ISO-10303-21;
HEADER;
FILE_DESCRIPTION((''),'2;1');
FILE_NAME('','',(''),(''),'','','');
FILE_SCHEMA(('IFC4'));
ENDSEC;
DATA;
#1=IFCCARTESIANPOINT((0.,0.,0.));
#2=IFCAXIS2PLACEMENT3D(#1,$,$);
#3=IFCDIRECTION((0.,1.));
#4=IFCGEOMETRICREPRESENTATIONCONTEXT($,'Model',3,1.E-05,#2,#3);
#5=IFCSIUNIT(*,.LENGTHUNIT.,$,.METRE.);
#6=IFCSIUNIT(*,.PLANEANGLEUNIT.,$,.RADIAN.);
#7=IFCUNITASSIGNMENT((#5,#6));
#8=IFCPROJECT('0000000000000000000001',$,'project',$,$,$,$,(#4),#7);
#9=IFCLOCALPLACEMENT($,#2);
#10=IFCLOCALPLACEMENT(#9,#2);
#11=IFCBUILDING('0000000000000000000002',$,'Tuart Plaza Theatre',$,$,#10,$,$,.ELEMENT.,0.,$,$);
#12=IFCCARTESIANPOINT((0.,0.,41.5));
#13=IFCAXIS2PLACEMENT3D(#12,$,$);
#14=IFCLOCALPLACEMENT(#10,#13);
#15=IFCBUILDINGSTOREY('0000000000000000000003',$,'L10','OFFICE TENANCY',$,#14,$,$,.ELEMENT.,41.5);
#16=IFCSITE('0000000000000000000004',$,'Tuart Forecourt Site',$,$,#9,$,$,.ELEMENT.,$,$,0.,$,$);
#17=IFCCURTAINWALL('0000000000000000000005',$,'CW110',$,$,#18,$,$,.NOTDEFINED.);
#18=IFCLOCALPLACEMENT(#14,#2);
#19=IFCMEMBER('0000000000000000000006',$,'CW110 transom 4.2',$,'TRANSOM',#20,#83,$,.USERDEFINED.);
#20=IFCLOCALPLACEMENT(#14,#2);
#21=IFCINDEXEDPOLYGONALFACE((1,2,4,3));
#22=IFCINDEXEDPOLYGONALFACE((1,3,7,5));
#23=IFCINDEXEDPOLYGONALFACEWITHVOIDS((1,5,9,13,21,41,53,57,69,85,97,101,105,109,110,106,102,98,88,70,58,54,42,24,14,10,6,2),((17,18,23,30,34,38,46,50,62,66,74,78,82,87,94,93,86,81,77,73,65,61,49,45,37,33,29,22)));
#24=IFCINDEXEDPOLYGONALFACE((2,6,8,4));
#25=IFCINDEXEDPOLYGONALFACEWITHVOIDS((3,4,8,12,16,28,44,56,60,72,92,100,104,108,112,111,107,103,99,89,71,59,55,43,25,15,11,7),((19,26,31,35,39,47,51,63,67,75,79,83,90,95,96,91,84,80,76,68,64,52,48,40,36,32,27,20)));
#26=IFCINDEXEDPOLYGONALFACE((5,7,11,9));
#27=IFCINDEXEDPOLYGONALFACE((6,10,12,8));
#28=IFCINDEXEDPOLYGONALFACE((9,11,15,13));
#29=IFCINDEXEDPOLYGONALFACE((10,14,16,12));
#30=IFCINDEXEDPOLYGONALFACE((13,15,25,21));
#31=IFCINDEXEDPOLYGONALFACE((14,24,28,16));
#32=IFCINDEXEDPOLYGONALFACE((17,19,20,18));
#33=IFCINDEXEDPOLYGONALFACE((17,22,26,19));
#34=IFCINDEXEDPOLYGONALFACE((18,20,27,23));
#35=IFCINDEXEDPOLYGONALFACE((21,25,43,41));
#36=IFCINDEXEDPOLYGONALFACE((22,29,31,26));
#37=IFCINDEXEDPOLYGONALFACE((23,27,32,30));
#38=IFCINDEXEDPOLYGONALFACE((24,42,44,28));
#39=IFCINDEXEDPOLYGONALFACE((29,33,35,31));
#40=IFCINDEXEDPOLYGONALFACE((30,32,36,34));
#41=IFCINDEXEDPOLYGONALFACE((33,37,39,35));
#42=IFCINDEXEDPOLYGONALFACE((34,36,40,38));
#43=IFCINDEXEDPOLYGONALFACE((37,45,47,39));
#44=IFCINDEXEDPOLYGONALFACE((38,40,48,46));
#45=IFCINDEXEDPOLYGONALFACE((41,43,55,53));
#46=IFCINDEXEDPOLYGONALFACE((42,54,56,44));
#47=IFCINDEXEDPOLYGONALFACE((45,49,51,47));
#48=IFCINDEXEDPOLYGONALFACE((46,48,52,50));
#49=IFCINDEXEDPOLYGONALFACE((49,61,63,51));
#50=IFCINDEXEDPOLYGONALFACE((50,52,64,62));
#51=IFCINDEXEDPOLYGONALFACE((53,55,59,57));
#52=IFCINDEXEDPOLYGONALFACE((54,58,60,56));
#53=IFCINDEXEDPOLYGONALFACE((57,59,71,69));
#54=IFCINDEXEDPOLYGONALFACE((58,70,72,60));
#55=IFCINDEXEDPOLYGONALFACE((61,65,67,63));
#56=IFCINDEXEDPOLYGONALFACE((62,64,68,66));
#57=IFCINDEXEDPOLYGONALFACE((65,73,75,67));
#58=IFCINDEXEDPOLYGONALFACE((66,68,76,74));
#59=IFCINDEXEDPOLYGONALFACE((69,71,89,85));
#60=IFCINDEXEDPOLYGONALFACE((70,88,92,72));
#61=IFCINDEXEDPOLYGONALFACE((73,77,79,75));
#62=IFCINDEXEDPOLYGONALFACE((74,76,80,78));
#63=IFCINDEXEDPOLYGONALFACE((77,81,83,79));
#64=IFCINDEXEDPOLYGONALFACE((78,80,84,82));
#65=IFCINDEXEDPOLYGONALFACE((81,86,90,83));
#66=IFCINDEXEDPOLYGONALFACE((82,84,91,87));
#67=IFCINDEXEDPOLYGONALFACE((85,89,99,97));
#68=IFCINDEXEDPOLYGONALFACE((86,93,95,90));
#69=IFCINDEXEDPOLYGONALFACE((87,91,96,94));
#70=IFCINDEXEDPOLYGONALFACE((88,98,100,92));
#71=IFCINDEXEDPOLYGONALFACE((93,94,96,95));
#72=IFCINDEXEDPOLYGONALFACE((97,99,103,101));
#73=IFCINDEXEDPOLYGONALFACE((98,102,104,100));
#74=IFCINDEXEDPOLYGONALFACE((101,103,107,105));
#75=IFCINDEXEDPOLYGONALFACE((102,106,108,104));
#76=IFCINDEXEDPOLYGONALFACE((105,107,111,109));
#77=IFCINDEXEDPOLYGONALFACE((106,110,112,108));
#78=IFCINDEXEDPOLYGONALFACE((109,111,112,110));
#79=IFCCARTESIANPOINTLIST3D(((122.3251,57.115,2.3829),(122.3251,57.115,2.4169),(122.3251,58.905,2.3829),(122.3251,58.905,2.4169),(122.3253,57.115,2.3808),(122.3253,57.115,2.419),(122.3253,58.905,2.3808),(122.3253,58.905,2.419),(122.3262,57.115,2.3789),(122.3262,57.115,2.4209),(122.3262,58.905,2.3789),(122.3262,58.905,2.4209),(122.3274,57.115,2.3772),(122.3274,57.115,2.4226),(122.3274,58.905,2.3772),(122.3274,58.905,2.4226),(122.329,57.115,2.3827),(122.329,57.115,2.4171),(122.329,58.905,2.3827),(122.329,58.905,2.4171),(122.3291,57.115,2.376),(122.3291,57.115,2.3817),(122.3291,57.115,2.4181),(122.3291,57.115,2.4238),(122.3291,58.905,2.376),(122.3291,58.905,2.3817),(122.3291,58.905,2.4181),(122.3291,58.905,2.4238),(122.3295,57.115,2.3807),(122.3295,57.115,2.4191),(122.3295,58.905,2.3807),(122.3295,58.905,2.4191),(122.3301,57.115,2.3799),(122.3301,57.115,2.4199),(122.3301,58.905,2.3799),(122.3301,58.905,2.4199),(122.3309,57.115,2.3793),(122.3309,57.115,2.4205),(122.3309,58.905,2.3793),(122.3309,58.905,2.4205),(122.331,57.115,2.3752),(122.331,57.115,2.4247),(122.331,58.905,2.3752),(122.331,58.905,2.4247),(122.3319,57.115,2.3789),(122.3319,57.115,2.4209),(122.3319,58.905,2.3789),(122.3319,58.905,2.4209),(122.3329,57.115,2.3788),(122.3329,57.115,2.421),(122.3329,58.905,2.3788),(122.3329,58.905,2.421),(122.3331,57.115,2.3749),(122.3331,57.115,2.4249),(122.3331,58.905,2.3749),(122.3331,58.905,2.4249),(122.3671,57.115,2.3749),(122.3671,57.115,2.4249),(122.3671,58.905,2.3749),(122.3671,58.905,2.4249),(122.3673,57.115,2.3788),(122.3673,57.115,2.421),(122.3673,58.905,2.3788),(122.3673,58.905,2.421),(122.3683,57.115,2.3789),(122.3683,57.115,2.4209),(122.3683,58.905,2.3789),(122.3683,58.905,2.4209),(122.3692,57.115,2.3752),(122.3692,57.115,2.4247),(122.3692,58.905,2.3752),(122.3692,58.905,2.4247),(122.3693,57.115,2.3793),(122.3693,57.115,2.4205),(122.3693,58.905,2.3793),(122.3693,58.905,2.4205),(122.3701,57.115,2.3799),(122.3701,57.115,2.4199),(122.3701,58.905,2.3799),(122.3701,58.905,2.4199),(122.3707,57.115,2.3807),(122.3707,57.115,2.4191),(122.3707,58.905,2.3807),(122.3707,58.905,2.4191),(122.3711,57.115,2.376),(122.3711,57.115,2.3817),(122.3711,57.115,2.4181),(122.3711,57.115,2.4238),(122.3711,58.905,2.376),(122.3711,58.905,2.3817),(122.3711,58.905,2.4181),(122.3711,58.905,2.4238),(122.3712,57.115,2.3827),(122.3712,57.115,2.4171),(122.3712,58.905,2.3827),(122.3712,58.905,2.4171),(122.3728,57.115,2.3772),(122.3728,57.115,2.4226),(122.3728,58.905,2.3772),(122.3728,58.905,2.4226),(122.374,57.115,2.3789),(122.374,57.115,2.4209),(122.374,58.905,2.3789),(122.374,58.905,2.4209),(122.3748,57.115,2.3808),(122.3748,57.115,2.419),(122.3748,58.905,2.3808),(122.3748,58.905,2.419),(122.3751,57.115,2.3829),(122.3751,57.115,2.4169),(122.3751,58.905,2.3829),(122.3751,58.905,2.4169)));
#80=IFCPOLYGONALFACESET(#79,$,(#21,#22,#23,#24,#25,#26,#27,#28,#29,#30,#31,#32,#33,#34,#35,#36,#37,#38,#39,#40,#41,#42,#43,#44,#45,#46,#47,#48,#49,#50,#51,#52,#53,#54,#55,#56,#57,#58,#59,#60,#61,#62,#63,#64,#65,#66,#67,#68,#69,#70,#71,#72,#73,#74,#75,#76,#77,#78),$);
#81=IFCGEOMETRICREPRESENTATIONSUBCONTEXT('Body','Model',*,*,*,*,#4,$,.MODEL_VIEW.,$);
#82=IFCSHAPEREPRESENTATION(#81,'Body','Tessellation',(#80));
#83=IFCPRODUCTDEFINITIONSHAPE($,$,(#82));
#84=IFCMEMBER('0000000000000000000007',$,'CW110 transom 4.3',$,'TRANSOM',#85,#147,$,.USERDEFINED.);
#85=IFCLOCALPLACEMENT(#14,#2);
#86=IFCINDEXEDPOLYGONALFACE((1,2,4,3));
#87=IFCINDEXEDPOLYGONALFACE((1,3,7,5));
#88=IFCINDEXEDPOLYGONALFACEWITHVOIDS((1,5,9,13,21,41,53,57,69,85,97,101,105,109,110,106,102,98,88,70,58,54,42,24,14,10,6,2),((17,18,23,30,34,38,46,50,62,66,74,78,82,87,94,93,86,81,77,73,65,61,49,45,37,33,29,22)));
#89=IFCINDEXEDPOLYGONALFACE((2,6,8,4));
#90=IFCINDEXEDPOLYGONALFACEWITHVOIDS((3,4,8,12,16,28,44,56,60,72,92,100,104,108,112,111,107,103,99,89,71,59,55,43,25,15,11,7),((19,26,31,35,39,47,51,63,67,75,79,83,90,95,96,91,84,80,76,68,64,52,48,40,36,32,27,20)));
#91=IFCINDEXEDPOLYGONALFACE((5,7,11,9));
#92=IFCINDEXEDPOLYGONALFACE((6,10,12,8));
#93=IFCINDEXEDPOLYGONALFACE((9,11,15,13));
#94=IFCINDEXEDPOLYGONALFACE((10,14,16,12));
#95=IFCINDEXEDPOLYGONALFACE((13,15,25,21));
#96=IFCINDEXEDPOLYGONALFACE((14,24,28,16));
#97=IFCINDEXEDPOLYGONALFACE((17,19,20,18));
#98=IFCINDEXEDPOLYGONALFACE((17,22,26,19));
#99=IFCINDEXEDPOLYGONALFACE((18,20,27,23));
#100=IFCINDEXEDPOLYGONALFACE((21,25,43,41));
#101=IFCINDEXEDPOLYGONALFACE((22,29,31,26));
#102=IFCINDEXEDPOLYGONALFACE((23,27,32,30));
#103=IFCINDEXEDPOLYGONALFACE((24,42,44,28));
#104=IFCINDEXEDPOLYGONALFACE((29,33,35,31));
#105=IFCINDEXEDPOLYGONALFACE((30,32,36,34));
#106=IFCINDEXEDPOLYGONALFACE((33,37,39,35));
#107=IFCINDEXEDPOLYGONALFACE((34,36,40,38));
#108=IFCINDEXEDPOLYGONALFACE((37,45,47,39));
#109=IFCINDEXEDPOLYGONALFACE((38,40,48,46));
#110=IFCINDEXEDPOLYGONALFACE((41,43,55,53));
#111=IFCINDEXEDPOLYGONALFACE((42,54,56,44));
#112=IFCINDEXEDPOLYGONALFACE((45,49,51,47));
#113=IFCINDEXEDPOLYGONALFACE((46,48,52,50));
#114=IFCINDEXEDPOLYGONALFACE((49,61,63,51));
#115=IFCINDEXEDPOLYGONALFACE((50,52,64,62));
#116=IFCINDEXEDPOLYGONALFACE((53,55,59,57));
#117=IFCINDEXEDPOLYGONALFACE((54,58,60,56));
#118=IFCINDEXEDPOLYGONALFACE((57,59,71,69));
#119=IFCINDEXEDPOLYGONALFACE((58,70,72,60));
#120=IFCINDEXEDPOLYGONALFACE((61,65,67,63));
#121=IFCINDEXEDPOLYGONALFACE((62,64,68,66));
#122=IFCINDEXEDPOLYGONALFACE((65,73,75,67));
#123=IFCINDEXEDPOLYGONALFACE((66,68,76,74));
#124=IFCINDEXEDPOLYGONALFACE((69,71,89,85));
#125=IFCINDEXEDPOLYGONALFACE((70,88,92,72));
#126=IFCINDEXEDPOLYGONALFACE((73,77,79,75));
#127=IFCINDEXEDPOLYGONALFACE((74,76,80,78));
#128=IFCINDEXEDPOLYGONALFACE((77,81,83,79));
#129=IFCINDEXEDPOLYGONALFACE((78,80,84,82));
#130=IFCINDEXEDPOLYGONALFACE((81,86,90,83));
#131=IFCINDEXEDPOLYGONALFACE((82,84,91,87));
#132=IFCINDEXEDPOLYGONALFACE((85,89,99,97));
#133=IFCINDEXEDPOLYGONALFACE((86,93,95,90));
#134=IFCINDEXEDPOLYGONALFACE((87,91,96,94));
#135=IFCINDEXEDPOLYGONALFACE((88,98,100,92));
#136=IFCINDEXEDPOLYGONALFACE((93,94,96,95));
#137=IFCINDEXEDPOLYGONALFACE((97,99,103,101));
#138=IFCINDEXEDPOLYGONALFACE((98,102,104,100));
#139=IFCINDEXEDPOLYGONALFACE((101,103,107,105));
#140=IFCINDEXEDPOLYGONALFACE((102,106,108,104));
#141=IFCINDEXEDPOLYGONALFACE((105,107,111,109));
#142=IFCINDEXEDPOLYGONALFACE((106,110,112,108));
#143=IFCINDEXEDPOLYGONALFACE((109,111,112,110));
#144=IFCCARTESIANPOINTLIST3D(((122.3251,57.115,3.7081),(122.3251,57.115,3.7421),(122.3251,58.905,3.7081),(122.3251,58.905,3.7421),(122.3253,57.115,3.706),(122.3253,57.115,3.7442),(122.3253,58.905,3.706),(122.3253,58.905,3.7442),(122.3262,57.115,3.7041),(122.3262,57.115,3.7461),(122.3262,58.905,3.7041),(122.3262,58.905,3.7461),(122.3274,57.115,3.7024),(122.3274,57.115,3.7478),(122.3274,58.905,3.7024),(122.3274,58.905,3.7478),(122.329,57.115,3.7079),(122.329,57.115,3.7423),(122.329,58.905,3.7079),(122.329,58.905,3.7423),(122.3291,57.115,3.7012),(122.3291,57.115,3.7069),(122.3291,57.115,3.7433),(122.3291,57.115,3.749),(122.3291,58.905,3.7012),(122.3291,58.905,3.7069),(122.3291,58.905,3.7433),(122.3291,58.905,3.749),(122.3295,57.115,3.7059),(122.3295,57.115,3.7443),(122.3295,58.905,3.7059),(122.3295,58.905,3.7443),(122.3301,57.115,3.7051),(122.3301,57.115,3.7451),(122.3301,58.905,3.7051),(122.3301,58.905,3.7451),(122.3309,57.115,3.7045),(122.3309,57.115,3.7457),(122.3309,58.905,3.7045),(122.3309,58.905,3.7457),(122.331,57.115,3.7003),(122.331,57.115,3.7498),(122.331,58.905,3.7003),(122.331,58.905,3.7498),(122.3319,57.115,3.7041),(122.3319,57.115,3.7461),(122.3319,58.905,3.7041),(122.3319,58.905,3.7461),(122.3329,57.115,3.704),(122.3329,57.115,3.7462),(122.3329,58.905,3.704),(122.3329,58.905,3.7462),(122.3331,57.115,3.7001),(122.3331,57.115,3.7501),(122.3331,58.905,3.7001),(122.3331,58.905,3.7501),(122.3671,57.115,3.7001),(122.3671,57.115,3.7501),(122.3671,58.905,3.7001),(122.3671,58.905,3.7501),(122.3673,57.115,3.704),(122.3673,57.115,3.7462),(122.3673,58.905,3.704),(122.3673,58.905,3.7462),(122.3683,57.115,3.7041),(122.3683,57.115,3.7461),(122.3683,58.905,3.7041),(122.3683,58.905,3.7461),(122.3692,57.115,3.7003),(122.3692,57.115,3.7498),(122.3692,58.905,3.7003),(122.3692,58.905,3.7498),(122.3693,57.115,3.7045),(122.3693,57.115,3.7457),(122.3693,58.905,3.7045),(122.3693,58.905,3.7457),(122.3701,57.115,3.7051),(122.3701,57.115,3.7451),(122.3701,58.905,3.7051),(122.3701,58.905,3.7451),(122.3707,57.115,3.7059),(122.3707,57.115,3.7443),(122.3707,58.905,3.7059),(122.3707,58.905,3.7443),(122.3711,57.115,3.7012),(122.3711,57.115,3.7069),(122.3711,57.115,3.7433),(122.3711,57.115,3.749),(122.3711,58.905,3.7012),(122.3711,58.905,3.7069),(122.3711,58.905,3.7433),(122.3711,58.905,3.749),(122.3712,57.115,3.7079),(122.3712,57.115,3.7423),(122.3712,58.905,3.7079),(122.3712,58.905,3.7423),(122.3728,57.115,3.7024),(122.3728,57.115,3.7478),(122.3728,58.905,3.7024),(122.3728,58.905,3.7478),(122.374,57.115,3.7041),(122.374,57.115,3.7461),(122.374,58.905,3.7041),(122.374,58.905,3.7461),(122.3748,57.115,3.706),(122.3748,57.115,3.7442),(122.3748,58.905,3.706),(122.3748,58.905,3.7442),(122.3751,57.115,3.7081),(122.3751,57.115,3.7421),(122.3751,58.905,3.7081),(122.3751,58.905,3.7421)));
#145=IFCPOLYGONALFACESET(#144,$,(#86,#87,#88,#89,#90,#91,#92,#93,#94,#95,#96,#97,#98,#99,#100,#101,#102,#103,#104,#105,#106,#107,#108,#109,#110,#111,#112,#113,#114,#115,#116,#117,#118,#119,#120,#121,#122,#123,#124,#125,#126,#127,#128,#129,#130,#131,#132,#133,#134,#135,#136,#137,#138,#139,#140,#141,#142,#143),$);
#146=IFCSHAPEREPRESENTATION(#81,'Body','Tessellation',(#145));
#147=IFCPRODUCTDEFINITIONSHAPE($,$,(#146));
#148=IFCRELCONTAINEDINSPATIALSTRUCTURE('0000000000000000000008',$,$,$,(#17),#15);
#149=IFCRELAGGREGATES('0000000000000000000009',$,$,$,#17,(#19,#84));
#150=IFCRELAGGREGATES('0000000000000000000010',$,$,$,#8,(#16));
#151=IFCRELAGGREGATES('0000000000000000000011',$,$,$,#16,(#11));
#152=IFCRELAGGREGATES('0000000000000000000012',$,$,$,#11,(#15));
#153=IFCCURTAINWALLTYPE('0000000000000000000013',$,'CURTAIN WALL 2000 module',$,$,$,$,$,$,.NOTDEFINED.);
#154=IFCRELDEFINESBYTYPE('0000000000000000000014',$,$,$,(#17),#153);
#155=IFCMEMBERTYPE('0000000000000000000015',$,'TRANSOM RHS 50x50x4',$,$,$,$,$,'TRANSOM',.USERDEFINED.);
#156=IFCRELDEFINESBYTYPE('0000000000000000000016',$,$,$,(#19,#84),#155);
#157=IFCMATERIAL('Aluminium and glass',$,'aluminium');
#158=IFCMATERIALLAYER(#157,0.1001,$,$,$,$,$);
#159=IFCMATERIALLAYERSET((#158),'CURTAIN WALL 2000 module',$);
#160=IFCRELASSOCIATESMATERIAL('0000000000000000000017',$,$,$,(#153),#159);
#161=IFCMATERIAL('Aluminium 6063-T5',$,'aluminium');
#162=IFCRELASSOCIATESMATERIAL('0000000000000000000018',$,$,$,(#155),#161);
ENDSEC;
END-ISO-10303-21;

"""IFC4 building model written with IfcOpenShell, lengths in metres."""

from ifc_helpers import new_model, si_unit, direction, frame, origin, origin_2d, place, context, subcontext, project, spatial, hollow_rectangle, extrude, material, layer, layer_set, material_profile, profile_set, type_object, element, aggregate, save


model = new_model("IFC4")

# Units and contexts
model_context = context("Model", 3, precision=1e-05, world=origin(), true_north=direction((0.0, 1.0)))
body_context = subcontext(model_context, "Body", "Model", "MODEL_VIEW")
ifc_project = project(units=[si_unit("LENGTHUNIT", "METRE"), si_unit("PLANEANGLEUNIT", "RADIAN")], contexts=[model_context])

# Site, building, storey
site_placement = place(None, origin())
site = spatial("IfcSite", under=ifc_project, at=site_placement, Name="Tuart Forecourt Site", CompositionType="ELEMENT", RefElevation=0.0)
building_placement = place(site_placement, origin())
building = spatial("IfcBuilding", under=site, at=building_placement, Name="Tuart Plaza Theatre", CompositionType="ELEMENT", ElevationOfRefHeight=0.0)
storey_placement = place(building_placement, frame((0.0, 0.0, 41.5)))
storey = spatial("IfcBuildingStorey", under=building, at=storey_placement, Name="L10", Description="OFFICE TENANCY", CompositionType="ELEMENT", Elevation=41.5)

# Curtain wall, members
ifc_material_1 = material(Name="Aluminium and glass", Category="aluminium")
ifc_layer_1 = layer(ifc_material_1, 0.1001)
ifc_layer_set_1 = layer_set([ifc_layer_1], Name="CURTAIN WALL 2000 module")
curtain_wall_type = type_object("IfcCurtainWallType", Name="CURTAIN WALL 2000 module", PredefinedType="NOTDEFINED", material=ifc_layer_set_1)
curtain_wall_placement = place(storey_placement, origin())
curtain_wall = element("IfcCurtainWall", 1, at=curtain_wall_placement, inside=storey, type_object=curtain_wall_type, Name="CW110", PredefinedType="NOTDEFINED")
ifc_material_2 = material(Name="Aluminium 6063-T5", Category="aluminium")
ifc_material_profile_1 = material_profile(ifc_material_2, hollow_rectangle(XDim=0.05, YDim=0.05, WallThickness=0.0039, InnerFilletRadius=0.0039, OuterFilletRadius=0.0081, at=origin_2d()), Name="RHS 50x50x4")
ifc_profile_set_1 = profile_set([ifc_material_profile_1], Name="Aluminium 6063-T5")
member_type_1 = type_object("IfcMemberType", Name="TRANSOM RHS 50x50x4", ElementType="TRANSOM", PredefinedType="USERDEFINED", material=ifc_profile_set_1)
member_1_placement = place(storey_placement, frame((122.3501, 58.905, 2.3999), z_axis=(0.0, -1.0, 0.0), x_axis=(1.0, 0.0, 0.0)))
member_1 = element("IfcMember", 2, at=member_1_placement, type_object=member_type_1, Name="CW110 transom 4.2", ObjectType="TRANSOM", PredefinedType="USERDEFINED", context=body_context, shape_type="SweptSolid", body=[
    extrude(hollow_rectangle(XDim=0.05, YDim=0.05, WallThickness=0.0039, InnerFilletRadius=0.0039, OuterFilletRadius=0.0081, at=origin_2d()), origin(), (0.0, 0.0, 1.0), 1.79),
])
member_2_placement = place(storey_placement, frame((122.3501, 58.905, 3.7251), z_axis=(0.0, -1.0, 0.0), x_axis=(1.0, 0.0, 0.0)))
member_2 = element("IfcMember", 3, at=member_2_placement, type_object=member_type_1, Name="CW110 transom 4.3", ObjectType="TRANSOM", PredefinedType="USERDEFINED", context=body_context, shape_type="SweptSolid", body=[
    extrude(hollow_rectangle(XDim=0.05, YDim=0.05, WallThickness=0.0039, InnerFilletRadius=0.0039, OuterFilletRadius=0.0081, at=origin_2d()), origin(), (0.0, 0.0, 1.0), 1.79),
])
aggregate(curtain_wall, [member_1, member_2])

save(model, "model.ifc")
